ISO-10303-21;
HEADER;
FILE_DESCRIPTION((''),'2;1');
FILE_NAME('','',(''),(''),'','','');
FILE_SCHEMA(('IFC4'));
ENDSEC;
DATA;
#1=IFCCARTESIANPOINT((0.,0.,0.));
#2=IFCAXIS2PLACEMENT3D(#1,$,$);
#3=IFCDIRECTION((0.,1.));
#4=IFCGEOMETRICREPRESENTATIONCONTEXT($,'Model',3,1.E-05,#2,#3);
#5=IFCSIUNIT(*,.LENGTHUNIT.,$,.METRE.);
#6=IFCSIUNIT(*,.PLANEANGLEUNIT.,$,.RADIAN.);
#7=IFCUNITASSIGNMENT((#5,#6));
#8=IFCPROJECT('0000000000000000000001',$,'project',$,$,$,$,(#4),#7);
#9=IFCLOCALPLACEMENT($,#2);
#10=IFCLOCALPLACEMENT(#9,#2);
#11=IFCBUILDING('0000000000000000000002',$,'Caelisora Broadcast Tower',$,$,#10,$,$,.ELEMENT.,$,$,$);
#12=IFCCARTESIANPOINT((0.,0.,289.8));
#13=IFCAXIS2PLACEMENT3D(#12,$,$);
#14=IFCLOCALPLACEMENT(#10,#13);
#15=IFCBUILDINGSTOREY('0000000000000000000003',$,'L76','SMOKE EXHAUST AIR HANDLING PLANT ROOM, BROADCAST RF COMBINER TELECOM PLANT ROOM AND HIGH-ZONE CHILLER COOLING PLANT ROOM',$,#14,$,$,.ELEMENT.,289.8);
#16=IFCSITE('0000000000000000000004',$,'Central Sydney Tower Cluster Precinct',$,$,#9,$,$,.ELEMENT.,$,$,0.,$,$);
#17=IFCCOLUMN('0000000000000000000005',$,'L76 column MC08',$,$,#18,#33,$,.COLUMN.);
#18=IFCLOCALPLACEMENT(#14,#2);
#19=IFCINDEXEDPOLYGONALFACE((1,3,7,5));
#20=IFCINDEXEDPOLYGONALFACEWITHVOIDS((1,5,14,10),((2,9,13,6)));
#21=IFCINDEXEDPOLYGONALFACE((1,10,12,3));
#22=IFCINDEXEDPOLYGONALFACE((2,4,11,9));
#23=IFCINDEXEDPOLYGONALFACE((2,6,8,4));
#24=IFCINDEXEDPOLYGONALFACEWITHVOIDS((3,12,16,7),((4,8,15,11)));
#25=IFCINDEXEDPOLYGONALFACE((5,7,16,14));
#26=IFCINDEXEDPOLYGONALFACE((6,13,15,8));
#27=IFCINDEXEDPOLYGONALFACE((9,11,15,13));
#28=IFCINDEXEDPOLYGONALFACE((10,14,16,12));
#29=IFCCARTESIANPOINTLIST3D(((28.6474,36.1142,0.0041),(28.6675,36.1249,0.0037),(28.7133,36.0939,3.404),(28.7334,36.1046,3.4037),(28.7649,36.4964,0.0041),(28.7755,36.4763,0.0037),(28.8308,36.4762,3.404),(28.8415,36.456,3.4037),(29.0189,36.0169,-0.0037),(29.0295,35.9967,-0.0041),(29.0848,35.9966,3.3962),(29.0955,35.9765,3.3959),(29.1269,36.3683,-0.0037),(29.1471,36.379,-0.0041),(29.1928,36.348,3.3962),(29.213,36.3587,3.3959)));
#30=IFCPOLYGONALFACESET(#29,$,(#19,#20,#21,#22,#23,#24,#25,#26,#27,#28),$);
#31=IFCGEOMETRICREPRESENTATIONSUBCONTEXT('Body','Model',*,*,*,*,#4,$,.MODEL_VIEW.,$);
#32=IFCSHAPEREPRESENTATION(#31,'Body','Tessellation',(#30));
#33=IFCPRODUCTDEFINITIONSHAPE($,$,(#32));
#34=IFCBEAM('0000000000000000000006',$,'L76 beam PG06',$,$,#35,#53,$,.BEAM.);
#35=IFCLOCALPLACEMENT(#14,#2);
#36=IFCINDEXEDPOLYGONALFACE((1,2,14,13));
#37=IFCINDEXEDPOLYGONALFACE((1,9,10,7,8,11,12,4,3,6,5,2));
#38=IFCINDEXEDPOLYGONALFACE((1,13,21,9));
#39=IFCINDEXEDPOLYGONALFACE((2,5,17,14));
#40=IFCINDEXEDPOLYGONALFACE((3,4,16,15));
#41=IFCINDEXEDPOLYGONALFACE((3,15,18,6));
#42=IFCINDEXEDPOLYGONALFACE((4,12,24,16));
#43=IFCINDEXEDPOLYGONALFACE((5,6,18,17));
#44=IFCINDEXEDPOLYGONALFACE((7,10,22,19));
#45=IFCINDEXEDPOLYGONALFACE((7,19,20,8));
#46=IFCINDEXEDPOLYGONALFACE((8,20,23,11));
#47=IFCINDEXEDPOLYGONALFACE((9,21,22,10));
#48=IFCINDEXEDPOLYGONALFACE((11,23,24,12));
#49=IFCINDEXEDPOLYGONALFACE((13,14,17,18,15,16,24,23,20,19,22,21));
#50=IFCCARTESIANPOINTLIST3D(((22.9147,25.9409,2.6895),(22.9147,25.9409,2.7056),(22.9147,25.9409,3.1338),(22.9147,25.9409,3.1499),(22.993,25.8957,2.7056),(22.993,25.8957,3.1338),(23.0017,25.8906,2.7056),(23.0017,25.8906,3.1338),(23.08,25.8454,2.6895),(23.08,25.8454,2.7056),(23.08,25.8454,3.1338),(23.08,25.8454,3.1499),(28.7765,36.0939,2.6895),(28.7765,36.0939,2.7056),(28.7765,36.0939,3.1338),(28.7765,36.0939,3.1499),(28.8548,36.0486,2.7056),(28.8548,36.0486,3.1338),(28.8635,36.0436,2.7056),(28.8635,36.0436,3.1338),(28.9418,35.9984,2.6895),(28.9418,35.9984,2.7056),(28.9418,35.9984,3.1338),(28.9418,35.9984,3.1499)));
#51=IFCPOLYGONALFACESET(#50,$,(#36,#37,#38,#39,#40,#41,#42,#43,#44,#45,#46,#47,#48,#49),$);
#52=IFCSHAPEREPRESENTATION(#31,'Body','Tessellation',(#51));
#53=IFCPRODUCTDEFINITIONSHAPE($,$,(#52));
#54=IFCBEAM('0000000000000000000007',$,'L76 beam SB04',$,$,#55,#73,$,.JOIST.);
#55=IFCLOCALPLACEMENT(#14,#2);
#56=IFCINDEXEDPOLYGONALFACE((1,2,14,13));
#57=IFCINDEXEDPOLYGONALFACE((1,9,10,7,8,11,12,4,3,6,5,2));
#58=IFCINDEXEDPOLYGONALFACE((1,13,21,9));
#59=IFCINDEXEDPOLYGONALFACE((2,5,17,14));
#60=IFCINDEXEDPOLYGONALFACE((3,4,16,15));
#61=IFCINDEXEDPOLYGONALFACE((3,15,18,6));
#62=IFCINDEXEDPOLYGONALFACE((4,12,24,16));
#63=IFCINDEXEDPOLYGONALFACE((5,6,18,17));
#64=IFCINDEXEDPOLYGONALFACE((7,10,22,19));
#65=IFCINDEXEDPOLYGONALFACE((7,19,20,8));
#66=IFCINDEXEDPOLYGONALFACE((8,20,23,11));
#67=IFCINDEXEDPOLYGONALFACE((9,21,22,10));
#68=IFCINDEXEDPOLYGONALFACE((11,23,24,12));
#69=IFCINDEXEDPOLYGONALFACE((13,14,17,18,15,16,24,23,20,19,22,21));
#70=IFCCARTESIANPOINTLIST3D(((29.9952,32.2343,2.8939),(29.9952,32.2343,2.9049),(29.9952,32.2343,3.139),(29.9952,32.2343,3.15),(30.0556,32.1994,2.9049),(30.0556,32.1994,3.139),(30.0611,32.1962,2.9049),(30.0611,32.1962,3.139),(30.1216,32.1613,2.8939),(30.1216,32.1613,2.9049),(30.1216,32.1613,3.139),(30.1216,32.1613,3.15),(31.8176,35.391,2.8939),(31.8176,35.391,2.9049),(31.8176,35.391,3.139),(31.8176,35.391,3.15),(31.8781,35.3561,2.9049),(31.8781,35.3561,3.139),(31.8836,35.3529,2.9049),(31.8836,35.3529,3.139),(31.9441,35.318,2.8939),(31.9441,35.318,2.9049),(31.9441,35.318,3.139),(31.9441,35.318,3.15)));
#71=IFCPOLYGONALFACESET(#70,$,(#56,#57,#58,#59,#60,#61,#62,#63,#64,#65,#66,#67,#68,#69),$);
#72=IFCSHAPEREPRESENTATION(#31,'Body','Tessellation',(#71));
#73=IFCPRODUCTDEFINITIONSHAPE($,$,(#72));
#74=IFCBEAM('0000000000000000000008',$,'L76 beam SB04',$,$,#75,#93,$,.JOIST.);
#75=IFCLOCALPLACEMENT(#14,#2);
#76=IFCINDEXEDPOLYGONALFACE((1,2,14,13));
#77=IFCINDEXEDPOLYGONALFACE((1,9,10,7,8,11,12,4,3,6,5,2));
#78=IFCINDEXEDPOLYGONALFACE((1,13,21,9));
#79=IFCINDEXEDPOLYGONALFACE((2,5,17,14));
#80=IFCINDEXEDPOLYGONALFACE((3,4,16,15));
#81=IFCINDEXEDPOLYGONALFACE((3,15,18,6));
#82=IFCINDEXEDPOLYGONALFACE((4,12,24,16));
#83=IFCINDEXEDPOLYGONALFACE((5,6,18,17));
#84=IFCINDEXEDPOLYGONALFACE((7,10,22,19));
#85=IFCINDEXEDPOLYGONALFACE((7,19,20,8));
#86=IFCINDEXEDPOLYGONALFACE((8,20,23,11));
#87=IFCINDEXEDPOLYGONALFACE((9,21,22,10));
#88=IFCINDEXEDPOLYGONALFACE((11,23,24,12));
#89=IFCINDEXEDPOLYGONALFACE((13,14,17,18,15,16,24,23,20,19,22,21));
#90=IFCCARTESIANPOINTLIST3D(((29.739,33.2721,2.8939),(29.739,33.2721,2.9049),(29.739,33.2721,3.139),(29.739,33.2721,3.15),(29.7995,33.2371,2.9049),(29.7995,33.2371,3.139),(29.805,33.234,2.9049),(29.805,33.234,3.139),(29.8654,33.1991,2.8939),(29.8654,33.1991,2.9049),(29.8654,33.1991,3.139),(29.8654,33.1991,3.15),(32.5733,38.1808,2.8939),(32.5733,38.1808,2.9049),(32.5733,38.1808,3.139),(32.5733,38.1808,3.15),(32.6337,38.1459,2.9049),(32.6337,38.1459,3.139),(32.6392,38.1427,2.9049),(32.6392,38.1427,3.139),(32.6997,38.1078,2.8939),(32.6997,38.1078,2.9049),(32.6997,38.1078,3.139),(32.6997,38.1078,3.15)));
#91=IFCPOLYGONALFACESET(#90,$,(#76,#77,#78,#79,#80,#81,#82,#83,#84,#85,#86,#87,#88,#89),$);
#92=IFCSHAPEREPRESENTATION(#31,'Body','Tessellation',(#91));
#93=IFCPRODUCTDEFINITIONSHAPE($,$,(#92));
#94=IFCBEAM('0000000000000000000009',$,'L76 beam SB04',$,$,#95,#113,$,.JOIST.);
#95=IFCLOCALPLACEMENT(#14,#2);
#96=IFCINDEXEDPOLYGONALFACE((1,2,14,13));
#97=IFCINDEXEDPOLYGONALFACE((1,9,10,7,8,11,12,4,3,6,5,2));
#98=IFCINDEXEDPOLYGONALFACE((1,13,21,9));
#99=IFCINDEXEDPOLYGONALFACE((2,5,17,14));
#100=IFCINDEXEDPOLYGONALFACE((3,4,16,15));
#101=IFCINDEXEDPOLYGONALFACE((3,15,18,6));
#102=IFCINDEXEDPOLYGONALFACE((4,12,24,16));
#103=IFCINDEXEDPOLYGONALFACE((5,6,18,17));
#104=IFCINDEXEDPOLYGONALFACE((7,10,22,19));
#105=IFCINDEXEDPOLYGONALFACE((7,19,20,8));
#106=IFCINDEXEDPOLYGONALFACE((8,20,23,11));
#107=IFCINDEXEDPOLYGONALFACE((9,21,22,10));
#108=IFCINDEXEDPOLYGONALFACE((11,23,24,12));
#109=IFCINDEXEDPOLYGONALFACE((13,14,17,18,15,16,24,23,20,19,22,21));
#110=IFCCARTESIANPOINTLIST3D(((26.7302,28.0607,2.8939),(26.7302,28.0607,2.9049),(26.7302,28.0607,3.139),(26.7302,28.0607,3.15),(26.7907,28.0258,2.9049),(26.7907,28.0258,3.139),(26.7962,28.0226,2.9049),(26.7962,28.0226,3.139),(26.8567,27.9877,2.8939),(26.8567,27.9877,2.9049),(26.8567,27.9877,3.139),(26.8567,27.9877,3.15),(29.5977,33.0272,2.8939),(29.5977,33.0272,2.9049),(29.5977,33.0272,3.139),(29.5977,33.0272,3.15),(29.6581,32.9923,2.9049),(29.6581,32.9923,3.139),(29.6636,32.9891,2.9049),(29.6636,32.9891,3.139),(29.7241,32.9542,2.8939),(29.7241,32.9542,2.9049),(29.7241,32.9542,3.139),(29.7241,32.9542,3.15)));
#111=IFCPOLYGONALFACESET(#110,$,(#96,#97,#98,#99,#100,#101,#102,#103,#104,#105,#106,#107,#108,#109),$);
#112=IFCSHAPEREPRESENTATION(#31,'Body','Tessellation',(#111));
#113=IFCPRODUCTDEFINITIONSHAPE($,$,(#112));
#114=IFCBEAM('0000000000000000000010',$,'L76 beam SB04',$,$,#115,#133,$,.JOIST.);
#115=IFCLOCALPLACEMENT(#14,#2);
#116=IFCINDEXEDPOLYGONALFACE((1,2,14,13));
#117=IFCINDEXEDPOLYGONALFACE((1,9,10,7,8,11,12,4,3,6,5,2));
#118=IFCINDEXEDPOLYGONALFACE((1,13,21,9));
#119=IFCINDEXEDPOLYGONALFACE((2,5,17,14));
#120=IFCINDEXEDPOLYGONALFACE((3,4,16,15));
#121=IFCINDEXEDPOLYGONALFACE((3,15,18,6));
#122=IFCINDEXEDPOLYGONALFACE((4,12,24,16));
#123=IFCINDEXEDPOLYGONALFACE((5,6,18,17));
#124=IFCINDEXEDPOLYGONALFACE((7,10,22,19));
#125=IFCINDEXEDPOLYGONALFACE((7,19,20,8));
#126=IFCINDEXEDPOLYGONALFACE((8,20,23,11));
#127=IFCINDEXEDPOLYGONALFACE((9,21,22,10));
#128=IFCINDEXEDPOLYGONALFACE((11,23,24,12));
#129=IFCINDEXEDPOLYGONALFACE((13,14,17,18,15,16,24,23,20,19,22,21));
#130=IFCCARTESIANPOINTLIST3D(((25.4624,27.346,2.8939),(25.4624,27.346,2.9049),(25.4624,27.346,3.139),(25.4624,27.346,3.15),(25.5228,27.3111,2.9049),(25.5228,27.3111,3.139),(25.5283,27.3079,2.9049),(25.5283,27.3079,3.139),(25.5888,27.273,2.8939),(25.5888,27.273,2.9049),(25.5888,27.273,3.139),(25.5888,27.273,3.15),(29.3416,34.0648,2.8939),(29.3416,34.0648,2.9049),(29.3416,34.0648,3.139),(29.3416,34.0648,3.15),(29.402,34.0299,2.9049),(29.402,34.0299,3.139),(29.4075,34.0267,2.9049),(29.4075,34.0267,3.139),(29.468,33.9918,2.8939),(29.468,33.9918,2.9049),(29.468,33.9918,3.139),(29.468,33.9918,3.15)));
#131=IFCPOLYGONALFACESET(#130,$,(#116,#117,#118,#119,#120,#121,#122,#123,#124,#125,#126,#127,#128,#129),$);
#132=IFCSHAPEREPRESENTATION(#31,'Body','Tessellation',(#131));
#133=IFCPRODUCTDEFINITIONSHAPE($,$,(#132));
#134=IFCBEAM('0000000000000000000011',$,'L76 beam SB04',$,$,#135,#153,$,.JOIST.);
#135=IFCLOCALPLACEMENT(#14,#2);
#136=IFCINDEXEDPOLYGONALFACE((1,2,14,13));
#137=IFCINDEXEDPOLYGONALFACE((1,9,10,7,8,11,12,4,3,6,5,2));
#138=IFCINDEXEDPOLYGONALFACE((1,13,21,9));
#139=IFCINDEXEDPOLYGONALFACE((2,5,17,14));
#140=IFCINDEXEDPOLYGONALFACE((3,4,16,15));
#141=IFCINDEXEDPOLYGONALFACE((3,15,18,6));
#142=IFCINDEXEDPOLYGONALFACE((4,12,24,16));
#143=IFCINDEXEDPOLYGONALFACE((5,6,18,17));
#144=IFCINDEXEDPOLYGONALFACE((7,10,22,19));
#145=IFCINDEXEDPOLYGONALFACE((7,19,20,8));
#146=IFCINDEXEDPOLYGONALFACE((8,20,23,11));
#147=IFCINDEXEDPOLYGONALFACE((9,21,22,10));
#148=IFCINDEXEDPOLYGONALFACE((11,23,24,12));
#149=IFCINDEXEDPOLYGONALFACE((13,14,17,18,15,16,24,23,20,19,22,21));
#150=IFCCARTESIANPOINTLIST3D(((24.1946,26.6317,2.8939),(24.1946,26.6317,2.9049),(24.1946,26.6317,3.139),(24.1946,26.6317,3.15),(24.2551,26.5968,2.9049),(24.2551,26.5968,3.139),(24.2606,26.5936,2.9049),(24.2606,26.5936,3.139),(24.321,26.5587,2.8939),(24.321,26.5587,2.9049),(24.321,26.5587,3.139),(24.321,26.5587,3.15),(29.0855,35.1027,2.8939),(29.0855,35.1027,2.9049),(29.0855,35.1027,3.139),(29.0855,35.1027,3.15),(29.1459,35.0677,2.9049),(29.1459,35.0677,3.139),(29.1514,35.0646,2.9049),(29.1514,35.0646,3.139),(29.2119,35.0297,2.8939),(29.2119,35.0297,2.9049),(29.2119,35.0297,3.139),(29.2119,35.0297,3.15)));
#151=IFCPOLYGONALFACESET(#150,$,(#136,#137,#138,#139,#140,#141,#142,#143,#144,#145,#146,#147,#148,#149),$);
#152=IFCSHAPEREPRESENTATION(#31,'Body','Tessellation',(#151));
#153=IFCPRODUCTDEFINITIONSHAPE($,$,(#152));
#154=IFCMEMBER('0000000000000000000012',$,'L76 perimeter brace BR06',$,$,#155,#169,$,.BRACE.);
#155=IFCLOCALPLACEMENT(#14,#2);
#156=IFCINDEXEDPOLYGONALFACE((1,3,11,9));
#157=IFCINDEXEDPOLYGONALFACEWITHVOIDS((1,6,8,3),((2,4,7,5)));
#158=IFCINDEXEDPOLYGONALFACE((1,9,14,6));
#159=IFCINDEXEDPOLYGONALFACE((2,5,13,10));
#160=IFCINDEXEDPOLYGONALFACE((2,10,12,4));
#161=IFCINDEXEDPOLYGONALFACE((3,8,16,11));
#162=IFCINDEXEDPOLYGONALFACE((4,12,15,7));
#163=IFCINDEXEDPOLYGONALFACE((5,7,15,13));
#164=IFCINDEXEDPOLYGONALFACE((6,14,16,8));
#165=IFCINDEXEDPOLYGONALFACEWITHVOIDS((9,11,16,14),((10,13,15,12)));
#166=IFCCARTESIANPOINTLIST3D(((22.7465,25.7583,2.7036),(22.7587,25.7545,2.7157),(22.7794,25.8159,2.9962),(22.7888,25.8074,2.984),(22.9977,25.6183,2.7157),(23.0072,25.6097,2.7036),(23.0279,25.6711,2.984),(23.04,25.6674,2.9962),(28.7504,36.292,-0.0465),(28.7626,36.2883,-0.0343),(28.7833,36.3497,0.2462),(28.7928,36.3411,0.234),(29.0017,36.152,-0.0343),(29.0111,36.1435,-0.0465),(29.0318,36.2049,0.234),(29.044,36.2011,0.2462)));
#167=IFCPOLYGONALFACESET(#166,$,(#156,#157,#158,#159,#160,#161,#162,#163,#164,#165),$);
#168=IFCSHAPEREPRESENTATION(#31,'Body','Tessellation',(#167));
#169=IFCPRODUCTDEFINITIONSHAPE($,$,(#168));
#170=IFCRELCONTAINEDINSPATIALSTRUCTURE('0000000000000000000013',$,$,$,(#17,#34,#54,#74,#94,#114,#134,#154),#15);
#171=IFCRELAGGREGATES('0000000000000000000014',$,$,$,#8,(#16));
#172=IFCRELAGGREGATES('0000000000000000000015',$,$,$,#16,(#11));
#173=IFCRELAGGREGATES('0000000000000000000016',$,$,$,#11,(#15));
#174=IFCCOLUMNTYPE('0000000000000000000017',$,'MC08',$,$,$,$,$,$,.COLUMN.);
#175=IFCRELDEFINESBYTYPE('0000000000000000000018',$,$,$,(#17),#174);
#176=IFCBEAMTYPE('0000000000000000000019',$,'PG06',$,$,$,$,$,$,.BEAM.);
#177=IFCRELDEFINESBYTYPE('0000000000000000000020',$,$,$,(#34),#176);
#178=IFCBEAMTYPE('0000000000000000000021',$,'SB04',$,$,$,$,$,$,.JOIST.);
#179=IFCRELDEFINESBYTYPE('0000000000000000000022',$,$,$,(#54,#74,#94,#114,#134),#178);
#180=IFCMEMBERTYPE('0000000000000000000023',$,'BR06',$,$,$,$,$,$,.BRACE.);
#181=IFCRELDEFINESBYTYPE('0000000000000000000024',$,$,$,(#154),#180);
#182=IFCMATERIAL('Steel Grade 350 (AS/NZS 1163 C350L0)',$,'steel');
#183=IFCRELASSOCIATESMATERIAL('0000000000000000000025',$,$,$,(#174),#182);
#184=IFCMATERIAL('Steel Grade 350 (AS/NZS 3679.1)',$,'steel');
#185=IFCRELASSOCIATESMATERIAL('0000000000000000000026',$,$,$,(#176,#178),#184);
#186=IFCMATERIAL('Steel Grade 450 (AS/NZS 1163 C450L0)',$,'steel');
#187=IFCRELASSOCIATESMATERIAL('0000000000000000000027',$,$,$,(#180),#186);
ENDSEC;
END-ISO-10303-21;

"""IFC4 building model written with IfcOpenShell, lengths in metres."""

from ifc_helpers import new_model, si_unit, direction, frame, origin, origin_2d, place, context, subcontext, project, spatial, hollow_rectangle, i_section, extrude, source, transform, mapped, material, material_profile, profile_set, type_object, type_shapes, element, save


model = new_model("IFC4")

# Units and contexts
model_context = context("Model", 3, precision=1e-05, world=origin(), true_north=direction((0.0, 1.0)))
body_context = subcontext(model_context, "Body", "Model", "MODEL_VIEW")
ifc_project = project(units=[si_unit("LENGTHUNIT", "METRE"), si_unit("PLANEANGLEUNIT", "RADIAN")], contexts=[model_context])

# Site, building, storey
site_placement = place(None, origin())
site = spatial("IfcSite", under=ifc_project, at=site_placement, Name="Central Sydney Tower Cluster Precinct", CompositionType="ELEMENT", RefElevation=0.0)
building_placement = place(site_placement, origin())
building = spatial("IfcBuilding", under=site, at=building_placement, Name="Caelisora Broadcast Tower", CompositionType="ELEMENT")
storey_placement = place(building_placement, frame((0.0, 0.0, 289.8)))
storey = spatial("IfcBuildingStorey", under=building, at=storey_placement, Name="L76", Description="SMOKE EXHAUST AIR HANDLING PLANT ROOM, BROADCAST RF COMBINER TELECOM PLANT ROOM AND HIGH-ZONE CHILLER COOLING PLANT ROOM", CompositionType="ELEMENT", Elevation=289.8)

# Column
ifc_material_1 = material(Name="Steel Grade 350 (AS/NZS 1163 C350L0)", Category="steel")
ifc_material_profile_1 = material_profile(ifc_material_1, hollow_rectangle(XDim=0.3999, YDim=0.3999, WallThickness=0.0161, at=origin_2d()), Name="Steel Grade 350 (AS/NZS 1163 C350L0)")
ifc_profile_set_1 = profile_set([ifc_material_profile_1], Name="Steel Grade 350 (AS/NZS 1163 C350L0)")
column_type = type_object("IfcColumnType", Name="MC08", PredefinedType="COLUMN", material=ifc_profile_set_1)
shared_shape_1 = source(origin(), body_context, "Body", "SweptSolid", [
    extrude(hollow_rectangle(XDim=0.3999, YDim=0.3999, WallThickness=0.0161, at=origin_2d()), origin(), (0.0, 0.0, 1.0), 3.4006),
])
type_shapes(column_type, [shared_shape_1])
column_placement = place(storey_placement, frame((28.8972, 36.2466, 0.0), z_axis=(0.019384, -0.005959, 0.999794), x_axis=(0.293837, 0.955856, 0.0)))
element("IfcColumn", 1, at=column_placement, inside=storey, type_object=column_type, Name="L76 column MC08", PredefinedType="COLUMN", context=body_context, shape_type="MappedRepresentation", body=[
    mapped(shared_shape_1, transform((0.0, 0.0, 0.0), scale=1.0)),
])

# Beams
ifc_material_2 = material(Name="Steel Grade 350 (AS/NZS 3679.1)", Category="steel")
ifc_material_profile_2 = material_profile(ifc_material_2, i_section(OverallWidth=0.1909, OverallDepth=0.4604, WebThickness=0.01, FlangeThickness=0.0161, at=origin_2d()), Name="Steel Grade 350 (AS/NZS 3679.1)")
ifc_profile_set_2 = profile_set([ifc_material_profile_2], Name="Steel Grade 350 (AS/NZS 3679.1)")
beam_type_1 = type_object("IfcBeamType", Name="PG06", PredefinedType="BEAM", material=ifc_profile_set_2)
shared_shape_2 = source(origin(), body_context, "Body", "SweptSolid", [
    extrude(i_section(OverallWidth=0.1909, OverallDepth=0.4604, WebThickness=0.01, FlangeThickness=0.0161, at=origin_2d()), origin(), (0.0, 0.0, 1.0), 11.7236),
])
type_shapes(beam_type_1, [shared_shape_2])
beam_1_placement = place(storey_placement, frame((28.8591, 36.0461, 2.9197), z_axis=(-0.499996, -0.866028, 0.0), x_axis=(0.866028, -0.499996, 0.0)))
element("IfcBeam", 2, at=beam_1_placement, inside=storey, type_object=beam_type_1, Name="L76 beam PG06", PredefinedType="BEAM", context=body_context, shape_type="MappedRepresentation", body=[
    mapped(shared_shape_2, transform((0.0, 0.0, 0.0), scale=1.0)),
])
ifc_material_profile_3 = material_profile(ifc_material_2, i_section(OverallWidth=0.146, OverallDepth=0.2561, WebThickness=0.0063, FlangeThickness=0.011, at=origin_2d()), Name="Steel Grade 350 (AS/NZS 3679.1)")
ifc_profile_set_3 = profile_set([ifc_material_profile_3], Name="Steel Grade 350 (AS/NZS 3679.1)")
beam_type_2 = type_object("IfcBeamType", Name="SB04", PredefinedType="JOIST", material=ifc_profile_set_3)
shared_shape_3 = source(origin(), body_context, "Body", "SweptSolid", [
    extrude(i_section(OverallWidth=0.146, OverallDepth=0.2561, WebThickness=0.0063, FlangeThickness=0.011, at=origin_2d()), origin(), (0.0, 0.0, 1.0), 3.645),
])
beam_2_placement = place(storey_placement, frame((31.8809, 35.3545, 3.022), z_axis=(-0.499993, -0.866029, 0.0), x_axis=(0.866029, -0.499993, 0.0)))
element("IfcBeam", 3, at=beam_2_placement, inside=storey, type_object=beam_type_2, Name="L76 beam SB04", PredefinedType="JOIST", context=body_context, shape_type="MappedRepresentation", body=[
    mapped(shared_shape_3, transform((0.0, 0.0, 0.0), scale=1.0)),
])
shared_shape_4 = source(origin(), body_context, "Body", "SweptSolid", [
    extrude(i_section(OverallWidth=0.146, OverallDepth=0.2561, WebThickness=0.0063, FlangeThickness=0.011, at=origin_2d()), origin(), (0.0, 0.0, 1.0), 5.6682),
])
beam_3_placement = place(storey_placement, frame((32.6365, 38.1443, 3.022), z_axis=(-0.500026, -0.866011, 0.0), x_axis=(0.866011, -0.500026, 0.0)))
element("IfcBeam", 4, at=beam_3_placement, inside=storey, type_object=beam_type_2, Name="L76 beam SB04", PredefinedType="JOIST", context=body_context, shape_type="MappedRepresentation", body=[
    mapped(shared_shape_4, transform((0.0, 0.0, 0.0), scale=1.0)),
])
shared_shape_5 = source(origin(), body_context, "Body", "SweptSolid", [
    extrude(i_section(OverallWidth=0.146, OverallDepth=0.2561, WebThickness=0.0063, FlangeThickness=0.011, at=origin_2d()), origin(), (0.0, 0.0, 1.0), 5.7349),
])
beam_4_placement = place(storey_placement, frame((29.6609, 32.9907, 3.022), z_axis=(-0.499999, -0.866026, 0.0), x_axis=(0.866026, -0.499999, 0.0)))
element("IfcBeam", 5, at=beam_4_placement, inside=storey, type_object=beam_type_2, Name="L76 beam SB04", PredefinedType="JOIST", context=body_context, shape_type="MappedRepresentation", body=[
    mapped(shared_shape_5, transform((0.0, 0.0, 0.0), scale=1.0)),
])
shared_shape_6 = source(origin(), body_context, "Body", "SweptSolid", [
    extrude(i_section(OverallWidth=0.146, OverallDepth=0.2561, WebThickness=0.0063, FlangeThickness=0.011, at=origin_2d()), origin(), (0.0, 0.0, 1.0), 7.7583),
])
beam_5_placement = place(storey_placement, frame((29.4048, 34.0283, 3.022), z_axis=(-0.500008, -0.866021, 0.0), x_axis=(0.866021, -0.500008, 0.0)))
element("IfcBeam", 6, at=beam_5_placement, inside=storey, type_object=beam_type_2, Name="L76 beam SB04", PredefinedType="JOIST", context=body_context, shape_type="MappedRepresentation", body=[
    mapped(shared_shape_6, transform((0.0, 0.0, 0.0), scale=1.0)),
])
shared_shape_7 = source(origin(), body_context, "Body", "SweptSolid", [
    extrude(i_section(OverallWidth=0.146, OverallDepth=0.2561, WebThickness=0.0063, FlangeThickness=0.011, at=origin_2d()), origin(), (0.0, 0.0, 1.0), 9.7815),
])
type_shapes(beam_type_2, [shared_shape_3, shared_shape_4, shared_shape_5, shared_shape_6, shared_shape_7])
beam_6_placement = place(storey_placement, frame((29.1487, 35.0662, 3.022), z_axis=(-0.500013, -0.866018, 0.0), x_axis=(0.866018, -0.500013, 0.0)))
element("IfcBeam", 7, at=beam_6_placement, inside=storey, type_object=beam_type_2, Name="L76 beam SB04", PredefinedType="JOIST", context=body_context, shape_type="MappedRepresentation", body=[
    mapped(shared_shape_7, transform((0.0, 0.0, 0.0), scale=1.0)),
])

# Member
ifc_material_3 = material(Name="Steel Grade 450 (AS/NZS 1163 C450L0)", Category="steel")
ifc_material_profile_4 = material_profile(ifc_material_3, hollow_rectangle(XDim=0.3, YDim=0.3, WallThickness=0.0125, at=origin_2d()), Name="Steel Grade 450 (AS/NZS 1163 C450L0)")
ifc_profile_set_4 = profile_set([ifc_material_profile_4], Name="Steel Grade 450 (AS/NZS 1163 C450L0)")
member_type_1 = type_object("IfcMemberType", Name="BR06", PredefinedType="BRACE", material=ifc_profile_set_4)
shared_shape_8 = source(origin(), body_context, "Body", "SweptSolid", [
    extrude(hollow_rectangle(XDim=0.3, YDim=0.3, WallThickness=0.0125, at=origin_2d()), origin(), (0.0, 0.0, 1.0), 12.4326),
])
type_shapes(member_type_1, [shared_shape_8])
member_1_placement = place(storey_placement, frame((28.8972, 36.2466, 0.0999), z_axis=(-0.482919, -0.847268, 0.221194), x_axis=(0.868788, -0.495185, 0.0)))
element("IfcMember", 8, at=member_1_placement, inside=storey, type_object=member_type_1, Name="L76 perimeter brace BR06", PredefinedType="BRACE", context=body_context, shape_type="MappedRepresentation", body=[
    mapped(shared_shape_8, transform((0.0, 0.0, 0.0), scale=1.0)),
])

save(model, "model.ifc")
